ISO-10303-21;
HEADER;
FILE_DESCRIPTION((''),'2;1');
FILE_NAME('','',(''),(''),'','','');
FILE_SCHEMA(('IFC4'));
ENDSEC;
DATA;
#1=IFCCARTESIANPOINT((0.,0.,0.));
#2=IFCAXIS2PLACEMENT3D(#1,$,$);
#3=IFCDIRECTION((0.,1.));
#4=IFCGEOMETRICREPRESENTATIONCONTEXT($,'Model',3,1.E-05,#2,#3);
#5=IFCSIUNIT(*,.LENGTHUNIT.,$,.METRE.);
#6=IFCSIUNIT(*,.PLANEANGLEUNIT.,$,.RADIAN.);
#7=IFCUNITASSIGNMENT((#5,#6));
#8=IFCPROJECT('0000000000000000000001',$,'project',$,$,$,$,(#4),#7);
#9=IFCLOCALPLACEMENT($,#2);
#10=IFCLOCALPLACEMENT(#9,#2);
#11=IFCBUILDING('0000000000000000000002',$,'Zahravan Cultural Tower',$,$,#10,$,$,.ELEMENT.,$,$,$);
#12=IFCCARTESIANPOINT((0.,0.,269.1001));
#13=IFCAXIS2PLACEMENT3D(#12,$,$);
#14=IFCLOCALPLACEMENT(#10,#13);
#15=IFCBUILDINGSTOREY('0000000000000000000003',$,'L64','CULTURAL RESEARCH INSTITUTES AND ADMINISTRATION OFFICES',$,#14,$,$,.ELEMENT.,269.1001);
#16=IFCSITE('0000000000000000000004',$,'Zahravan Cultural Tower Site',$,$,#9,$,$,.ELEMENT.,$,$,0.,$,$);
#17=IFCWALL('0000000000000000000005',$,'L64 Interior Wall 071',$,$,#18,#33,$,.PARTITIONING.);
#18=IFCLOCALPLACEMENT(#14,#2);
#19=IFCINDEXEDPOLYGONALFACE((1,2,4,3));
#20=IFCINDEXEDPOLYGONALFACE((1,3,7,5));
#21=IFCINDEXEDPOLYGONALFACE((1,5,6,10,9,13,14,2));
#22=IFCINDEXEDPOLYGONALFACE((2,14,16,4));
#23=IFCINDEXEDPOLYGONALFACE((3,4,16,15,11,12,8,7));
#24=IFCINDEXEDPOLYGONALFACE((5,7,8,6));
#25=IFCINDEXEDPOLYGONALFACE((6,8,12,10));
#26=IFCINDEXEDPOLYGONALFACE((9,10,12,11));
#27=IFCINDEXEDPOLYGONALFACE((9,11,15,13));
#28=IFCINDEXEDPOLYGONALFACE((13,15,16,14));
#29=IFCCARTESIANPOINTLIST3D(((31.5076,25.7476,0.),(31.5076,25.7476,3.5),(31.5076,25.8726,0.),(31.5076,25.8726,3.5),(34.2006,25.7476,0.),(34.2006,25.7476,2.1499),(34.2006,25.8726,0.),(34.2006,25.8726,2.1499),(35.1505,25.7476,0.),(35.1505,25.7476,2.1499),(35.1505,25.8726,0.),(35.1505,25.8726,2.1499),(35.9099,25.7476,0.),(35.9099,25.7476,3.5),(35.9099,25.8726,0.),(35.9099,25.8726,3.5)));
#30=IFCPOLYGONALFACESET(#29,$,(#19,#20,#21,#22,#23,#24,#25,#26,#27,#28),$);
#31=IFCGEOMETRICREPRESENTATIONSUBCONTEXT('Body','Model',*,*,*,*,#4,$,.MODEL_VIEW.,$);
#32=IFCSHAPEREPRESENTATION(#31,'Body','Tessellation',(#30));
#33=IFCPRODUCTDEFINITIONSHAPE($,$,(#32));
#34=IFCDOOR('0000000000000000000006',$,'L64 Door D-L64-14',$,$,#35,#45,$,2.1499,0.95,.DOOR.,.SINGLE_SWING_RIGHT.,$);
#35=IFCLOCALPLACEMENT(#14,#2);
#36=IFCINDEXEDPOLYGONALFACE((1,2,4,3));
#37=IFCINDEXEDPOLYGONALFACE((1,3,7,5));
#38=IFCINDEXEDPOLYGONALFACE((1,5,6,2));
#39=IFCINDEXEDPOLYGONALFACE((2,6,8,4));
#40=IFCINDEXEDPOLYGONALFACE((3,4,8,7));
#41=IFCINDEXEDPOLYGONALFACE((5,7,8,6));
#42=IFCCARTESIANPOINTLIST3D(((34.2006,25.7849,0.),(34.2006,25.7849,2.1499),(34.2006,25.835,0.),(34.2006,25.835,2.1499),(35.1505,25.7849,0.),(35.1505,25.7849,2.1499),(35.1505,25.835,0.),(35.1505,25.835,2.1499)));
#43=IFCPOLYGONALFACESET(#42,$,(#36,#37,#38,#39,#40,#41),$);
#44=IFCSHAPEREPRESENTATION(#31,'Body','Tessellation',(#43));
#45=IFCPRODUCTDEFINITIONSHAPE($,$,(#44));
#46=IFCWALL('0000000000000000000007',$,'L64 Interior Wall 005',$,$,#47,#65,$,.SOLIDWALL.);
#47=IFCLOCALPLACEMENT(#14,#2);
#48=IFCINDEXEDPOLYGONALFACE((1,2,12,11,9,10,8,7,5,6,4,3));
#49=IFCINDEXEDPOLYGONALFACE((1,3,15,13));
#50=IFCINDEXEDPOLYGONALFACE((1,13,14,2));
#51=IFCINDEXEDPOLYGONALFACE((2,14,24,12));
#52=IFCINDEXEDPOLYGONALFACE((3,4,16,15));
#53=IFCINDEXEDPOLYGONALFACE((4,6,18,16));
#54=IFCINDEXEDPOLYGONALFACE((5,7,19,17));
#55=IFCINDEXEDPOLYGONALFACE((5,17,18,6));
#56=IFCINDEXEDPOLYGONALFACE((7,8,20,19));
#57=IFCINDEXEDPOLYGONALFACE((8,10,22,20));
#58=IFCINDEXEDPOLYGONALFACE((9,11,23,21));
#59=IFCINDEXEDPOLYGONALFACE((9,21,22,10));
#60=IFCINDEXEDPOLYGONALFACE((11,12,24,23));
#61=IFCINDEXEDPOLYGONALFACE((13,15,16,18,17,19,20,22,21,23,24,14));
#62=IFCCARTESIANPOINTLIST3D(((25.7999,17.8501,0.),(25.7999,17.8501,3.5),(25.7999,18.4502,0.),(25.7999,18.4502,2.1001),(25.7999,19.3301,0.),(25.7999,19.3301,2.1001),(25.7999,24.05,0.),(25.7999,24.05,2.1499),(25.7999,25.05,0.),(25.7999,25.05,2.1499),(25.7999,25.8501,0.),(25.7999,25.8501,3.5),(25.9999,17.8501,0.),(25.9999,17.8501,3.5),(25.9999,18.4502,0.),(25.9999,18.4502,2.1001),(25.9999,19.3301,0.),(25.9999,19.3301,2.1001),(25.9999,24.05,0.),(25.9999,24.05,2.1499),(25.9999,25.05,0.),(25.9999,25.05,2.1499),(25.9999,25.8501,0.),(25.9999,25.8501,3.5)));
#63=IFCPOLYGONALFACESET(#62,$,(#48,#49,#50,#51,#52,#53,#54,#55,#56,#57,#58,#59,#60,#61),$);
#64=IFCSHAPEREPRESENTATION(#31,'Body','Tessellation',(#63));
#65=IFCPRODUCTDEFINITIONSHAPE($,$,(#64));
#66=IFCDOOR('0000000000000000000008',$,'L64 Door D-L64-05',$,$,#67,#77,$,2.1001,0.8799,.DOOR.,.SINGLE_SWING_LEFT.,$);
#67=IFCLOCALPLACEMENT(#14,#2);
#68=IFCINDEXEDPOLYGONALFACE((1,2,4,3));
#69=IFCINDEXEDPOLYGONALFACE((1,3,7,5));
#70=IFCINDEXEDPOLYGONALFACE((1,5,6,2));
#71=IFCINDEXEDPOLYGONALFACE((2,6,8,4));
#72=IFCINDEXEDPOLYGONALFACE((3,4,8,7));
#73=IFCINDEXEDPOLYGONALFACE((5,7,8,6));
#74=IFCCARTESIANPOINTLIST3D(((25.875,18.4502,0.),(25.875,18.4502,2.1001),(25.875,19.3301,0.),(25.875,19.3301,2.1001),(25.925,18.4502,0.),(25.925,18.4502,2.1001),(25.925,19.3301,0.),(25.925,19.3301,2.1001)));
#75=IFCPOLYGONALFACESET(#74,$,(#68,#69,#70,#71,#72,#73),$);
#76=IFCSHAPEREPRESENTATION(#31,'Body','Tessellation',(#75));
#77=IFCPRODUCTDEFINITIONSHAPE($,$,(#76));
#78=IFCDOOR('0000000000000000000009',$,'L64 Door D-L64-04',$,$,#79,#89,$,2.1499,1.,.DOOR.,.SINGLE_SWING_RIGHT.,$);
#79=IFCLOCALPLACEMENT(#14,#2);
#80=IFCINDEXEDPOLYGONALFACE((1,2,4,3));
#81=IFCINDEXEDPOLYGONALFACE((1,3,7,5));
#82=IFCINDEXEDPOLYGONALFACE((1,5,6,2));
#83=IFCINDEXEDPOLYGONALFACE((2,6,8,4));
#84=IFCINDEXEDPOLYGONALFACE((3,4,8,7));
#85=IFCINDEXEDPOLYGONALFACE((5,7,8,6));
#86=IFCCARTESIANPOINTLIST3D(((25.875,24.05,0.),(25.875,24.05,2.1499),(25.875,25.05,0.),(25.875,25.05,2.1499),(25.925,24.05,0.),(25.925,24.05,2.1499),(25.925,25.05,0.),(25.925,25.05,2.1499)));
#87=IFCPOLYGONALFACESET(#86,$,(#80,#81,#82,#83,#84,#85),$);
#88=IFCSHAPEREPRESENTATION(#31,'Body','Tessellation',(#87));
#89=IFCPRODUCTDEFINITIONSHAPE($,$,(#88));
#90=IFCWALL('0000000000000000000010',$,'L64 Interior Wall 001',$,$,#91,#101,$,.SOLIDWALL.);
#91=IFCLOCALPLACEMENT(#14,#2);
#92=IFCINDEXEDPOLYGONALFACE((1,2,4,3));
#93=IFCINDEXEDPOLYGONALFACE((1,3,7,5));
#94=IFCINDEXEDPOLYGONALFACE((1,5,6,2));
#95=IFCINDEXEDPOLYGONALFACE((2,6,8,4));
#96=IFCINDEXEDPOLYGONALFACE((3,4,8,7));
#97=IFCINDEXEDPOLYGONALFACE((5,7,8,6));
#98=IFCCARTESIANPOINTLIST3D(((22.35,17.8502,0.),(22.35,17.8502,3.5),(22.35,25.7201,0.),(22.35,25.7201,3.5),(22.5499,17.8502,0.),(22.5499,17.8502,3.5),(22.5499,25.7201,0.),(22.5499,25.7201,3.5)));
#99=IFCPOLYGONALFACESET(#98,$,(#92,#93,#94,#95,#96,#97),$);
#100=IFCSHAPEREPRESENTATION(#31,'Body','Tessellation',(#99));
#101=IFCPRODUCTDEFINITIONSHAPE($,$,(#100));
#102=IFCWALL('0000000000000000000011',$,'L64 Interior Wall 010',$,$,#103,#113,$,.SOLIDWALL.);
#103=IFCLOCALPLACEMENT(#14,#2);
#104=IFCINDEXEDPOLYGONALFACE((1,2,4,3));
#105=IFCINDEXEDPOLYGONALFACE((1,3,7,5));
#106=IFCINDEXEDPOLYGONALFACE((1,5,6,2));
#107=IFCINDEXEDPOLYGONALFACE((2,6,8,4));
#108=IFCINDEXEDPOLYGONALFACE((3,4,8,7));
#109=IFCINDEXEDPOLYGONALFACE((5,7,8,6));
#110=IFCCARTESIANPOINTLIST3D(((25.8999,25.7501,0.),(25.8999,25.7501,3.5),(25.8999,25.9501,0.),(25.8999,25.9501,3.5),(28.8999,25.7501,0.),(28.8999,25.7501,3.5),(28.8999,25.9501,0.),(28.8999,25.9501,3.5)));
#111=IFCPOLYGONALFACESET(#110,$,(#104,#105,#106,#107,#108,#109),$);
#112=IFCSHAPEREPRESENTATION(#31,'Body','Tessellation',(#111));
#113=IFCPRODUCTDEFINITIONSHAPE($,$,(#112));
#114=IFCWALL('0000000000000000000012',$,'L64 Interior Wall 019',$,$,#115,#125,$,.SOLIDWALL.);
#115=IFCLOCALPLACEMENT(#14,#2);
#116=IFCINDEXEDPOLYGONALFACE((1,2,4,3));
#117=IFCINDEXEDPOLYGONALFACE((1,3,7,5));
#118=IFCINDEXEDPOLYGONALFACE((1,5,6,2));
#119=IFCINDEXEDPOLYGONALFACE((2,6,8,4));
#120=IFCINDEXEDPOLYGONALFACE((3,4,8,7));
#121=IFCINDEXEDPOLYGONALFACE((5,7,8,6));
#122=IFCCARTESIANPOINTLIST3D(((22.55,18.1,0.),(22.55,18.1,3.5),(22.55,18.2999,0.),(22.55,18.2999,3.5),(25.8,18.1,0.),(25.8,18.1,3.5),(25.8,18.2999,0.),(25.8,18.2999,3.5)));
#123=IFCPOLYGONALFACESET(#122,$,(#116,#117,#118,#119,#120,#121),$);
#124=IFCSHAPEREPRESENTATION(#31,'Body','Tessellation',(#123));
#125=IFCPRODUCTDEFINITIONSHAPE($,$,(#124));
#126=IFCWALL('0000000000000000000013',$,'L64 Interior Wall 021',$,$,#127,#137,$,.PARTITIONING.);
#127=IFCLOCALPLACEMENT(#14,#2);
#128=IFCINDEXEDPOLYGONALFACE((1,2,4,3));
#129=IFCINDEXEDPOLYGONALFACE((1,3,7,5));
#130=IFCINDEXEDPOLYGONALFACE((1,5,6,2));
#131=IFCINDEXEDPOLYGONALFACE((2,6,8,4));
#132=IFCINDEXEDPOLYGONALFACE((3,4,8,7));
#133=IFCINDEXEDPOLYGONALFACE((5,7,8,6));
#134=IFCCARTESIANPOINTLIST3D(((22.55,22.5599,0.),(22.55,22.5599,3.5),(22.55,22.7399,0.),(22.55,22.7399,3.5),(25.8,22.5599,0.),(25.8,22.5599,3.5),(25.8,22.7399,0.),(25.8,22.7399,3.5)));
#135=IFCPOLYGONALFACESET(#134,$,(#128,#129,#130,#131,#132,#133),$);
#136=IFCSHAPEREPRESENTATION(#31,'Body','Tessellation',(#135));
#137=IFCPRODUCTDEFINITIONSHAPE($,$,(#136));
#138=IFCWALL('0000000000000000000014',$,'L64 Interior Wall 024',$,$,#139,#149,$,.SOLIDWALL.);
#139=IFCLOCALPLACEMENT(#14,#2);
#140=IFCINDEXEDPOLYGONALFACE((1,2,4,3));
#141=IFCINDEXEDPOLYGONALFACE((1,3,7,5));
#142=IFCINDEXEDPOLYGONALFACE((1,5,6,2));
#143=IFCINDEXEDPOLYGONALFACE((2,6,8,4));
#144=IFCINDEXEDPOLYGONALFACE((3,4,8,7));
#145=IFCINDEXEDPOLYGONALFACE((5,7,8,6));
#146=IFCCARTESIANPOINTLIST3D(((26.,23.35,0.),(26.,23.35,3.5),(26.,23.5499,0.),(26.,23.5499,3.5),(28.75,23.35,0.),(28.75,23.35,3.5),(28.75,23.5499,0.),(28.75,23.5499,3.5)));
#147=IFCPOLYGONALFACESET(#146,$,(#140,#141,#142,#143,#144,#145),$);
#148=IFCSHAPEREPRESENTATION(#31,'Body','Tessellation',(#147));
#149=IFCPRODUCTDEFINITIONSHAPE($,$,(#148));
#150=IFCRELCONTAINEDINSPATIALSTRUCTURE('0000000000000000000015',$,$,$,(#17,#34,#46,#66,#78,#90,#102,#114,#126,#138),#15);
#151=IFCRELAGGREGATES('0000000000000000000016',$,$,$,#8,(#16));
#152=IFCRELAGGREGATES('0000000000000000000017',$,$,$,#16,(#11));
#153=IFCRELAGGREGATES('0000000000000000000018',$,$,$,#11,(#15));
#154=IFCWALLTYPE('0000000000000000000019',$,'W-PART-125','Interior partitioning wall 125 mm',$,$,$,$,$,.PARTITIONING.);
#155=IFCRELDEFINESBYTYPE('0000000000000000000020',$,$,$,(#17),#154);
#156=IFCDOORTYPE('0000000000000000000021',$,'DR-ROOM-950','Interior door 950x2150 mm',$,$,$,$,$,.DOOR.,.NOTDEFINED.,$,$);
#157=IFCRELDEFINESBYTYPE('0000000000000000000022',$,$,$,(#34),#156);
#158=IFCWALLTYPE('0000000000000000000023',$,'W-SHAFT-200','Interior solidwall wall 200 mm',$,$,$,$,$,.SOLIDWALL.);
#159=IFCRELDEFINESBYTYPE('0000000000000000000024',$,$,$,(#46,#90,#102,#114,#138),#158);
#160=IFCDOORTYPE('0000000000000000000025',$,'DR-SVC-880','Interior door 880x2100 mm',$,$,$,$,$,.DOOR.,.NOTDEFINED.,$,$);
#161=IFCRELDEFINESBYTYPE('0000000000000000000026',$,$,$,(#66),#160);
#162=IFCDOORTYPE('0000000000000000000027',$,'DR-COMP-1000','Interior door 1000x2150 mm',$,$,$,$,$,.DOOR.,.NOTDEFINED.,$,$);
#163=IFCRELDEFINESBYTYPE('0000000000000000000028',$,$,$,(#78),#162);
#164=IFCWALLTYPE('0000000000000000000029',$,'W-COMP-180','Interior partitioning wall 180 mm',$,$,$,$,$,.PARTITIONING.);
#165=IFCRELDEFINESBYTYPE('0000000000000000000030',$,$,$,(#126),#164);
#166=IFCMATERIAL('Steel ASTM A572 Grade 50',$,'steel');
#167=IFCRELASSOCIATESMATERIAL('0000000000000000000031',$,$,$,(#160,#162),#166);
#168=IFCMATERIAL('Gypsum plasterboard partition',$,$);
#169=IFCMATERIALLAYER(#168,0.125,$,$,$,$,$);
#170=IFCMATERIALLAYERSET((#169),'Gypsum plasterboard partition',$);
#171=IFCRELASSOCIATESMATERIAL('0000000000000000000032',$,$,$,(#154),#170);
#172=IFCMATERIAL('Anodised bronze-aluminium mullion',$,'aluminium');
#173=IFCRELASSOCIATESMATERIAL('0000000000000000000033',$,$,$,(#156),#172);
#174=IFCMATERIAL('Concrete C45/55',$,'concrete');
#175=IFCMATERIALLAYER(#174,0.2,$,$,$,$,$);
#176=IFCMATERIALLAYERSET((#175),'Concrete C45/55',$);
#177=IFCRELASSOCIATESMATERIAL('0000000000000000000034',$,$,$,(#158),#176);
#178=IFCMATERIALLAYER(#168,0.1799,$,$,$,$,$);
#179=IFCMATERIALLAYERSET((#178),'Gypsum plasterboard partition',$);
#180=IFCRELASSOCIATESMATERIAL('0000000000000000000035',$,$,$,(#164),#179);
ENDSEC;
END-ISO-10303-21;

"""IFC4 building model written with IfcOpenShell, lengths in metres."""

from ifc_helpers import new_model, si_unit, direction, frame, frame_2d, origin, place, context, subcontext, project, spatial, rectangle, extrude, source, transform, mapped, material, layer, layer_set, type_object, element, fill, save


model = new_model("IFC4")

# Units and contexts
model_context = context("Model", 3, precision=1e-05, world=origin(), true_north=direction((0.0, 1.0)))
body_context = subcontext(model_context, "Body", "Model", "MODEL_VIEW")
ifc_project = project(units=[si_unit("LENGTHUNIT", "METRE"), si_unit("PLANEANGLEUNIT", "RADIAN")], contexts=[model_context])

# Site, building, storey
site_placement = place(None, origin())
site = spatial("IfcSite", under=ifc_project, at=site_placement, Name="Zahravan Cultural Tower Site", CompositionType="ELEMENT", RefElevation=0.0)
building_placement = place(site_placement, origin())
building = spatial("IfcBuilding", under=site, at=building_placement, Name="Zahravan Cultural Tower", CompositionType="ELEMENT")
storey_placement = place(building_placement, frame((0.0, 0.0, 269.1001)))
storey = spatial("IfcBuildingStorey", under=building, at=storey_placement, Name="L64", Description="CULTURAL RESEARCH INSTITUTES AND ADMINISTRATION OFFICES", CompositionType="ELEMENT", Elevation=269.1001)

# Shared definitions
ifc_material_1 = material(Name="Steel ASTM A572 Grade 50", Category="steel")
door_type_1 = type_object("IfcDoorType", Name="DR-SVC-880", Description="Interior door 880x2100 mm", OperationType="NOTDEFINED", PredefinedType="DOOR", material=ifc_material_1)
shared_shape_1 = source(origin(), body_context, "Body", "SweptSolid", [
    extrude(rectangle(XDim=0.8799, YDim=2.1001, at=frame_2d((0.4399, 1.05))), frame((0.0, 0.0249, 0.0), z_axis=(0.0, -1.0, 0.0), x_axis=(1.0, 0.0, 0.0)), (0.0, 0.0, 1.0), 0.05),
])

# Wall, opening, door
ifc_material_2 = material(Name="Gypsum plasterboard partition")
ifc_layer_1 = layer(ifc_material_2, 0.125)
ifc_layer_set_1 = layer_set([ifc_layer_1], Name="Gypsum plasterboard partition")
wall_type_1 = type_object("IfcWallType", Name="W-PART-125", Description="Interior partitioning wall 125 mm", PredefinedType="PARTITIONING", material=ifc_layer_set_1)
ifc_material_3 = material(Name="Anodised bronze-aluminium mullion", Category="aluminium")
door_type_2 = type_object("IfcDoorType", Name="DR-ROOM-950", Description="Interior door 950x2150 mm", OperationType="NOTDEFINED", PredefinedType="DOOR", material=ifc_material_3)
shared_shape_2 = source(origin(), body_context, "Body", "SweptSolid", [
    extrude(rectangle(XDim=0.95, YDim=2.1499, at=frame_2d((0.4751, 1.075))), frame((0.0, 0.0249, 0.0), z_axis=(0.0, -1.0, 0.0), x_axis=(1.0, 0.0, 0.0)), (0.0, 0.0, 1.0), 0.05),
])
wall_1_placement = place(storey_placement, frame((31.5076, 25.8101, 0.0), z_axis=(0.0, 0.0, 1.0), x_axis=(1.0, 0.0, 0.0)))
wall_1 = element("IfcWall", 1, at=wall_1_placement, inside=storey, type_object=wall_type_1, Name="L64 Interior Wall 071", PredefinedType="PARTITIONING", context=body_context, shape_type="SweptSolid", body=[
    extrude(rectangle(XDim=4.4023, YDim=0.125, at=frame_2d((2.2012, 0.0))), origin(), (0.0, 0.0, 1.0), 3.5),
])
opening_1_placement = place(wall_1_placement, frame((2.6929, 0.0, 0.0)))
opening_1 = element("IfcOpeningElement", 2, at=opening_1_placement, cuts=wall_1, PredefinedType="OPENING", context=body_context, shape_type="SweptSolid", body=[
    extrude(rectangle(XDim=0.95, YDim=2.1499, at=frame_2d((0.4751, 1.075))), frame((0.0, 0.0725, 0.0), z_axis=(0.0, -1.0, 0.0), x_axis=(1.0, 0.0, 0.0)), (0.0, 0.0, 1.0), 0.145),
])
door_1_placement = place(opening_1_placement, origin())
door_1 = element("IfcDoor", 3, at=door_1_placement, inside=storey, type_object=door_type_2, Name="L64 Door D-L64-14", OperationType="SINGLE_SWING_RIGHT", OverallHeight=2.1499, OverallWidth=0.95, PredefinedType="DOOR", context=body_context, shape_type="MappedRepresentation", body=[
    mapped(shared_shape_2, transform((0.0, 0.0, 0.0), x_axis=(1.0, 0.0, 0.0), y_axis=(0.0, 1.0, 0.0), z_axis=(0.0, 0.0, 1.0), scale=1.0)),
])
fill(opening_1, door_1)

# Wall, openings, doors
ifc_material_4 = material(Name="Concrete C45/55", Category="concrete")
ifc_layer_2 = layer(ifc_material_4, 0.2)
ifc_layer_set_2 = layer_set([ifc_layer_2], Name="Concrete C45/55")
wall_type_2 = type_object("IfcWallType", Name="W-SHAFT-200", Description="Interior solidwall wall 200 mm", PredefinedType="SOLIDWALL", material=ifc_layer_set_2)
wall_2_placement = place(storey_placement, frame((25.8999, 17.8501, 0.0), z_axis=(0.0, 0.0, 1.0), x_axis=(0.0, 1.0, 0.0)))
wall_2 = element("IfcWall", 4, at=wall_2_placement, inside=storey, type_object=wall_type_2, Name="L64 Interior Wall 005", PredefinedType="SOLIDWALL", context=body_context, shape_type="SweptSolid", body=[
    extrude(rectangle(XDim=8.0, YDim=0.2, at=frame_2d((4.0, 0.0))), origin(), (0.0, 0.0, 1.0), 3.5),
])
opening_2_placement = place(wall_2_placement, frame((6.2, 0.0, 0.0)))
opening_2 = element("IfcOpeningElement", 5, at=opening_2_placement, cuts=wall_2, PredefinedType="OPENING", context=body_context, shape_type="SweptSolid", body=[
    extrude(rectangle(XDim=1.0, YDim=2.1499, at=frame_2d((0.5, 1.075))), frame((0.0, 0.1099, 0.0), z_axis=(0.0, -1.0, 0.0), x_axis=(1.0, 0.0, 0.0)), (0.0, 0.0, 1.0), 0.22),
])
opening_3_placement = place(wall_2_placement, frame((0.6001, 0.0, 0.0)))
opening_3 = element("IfcOpeningElement", 6, at=opening_3_placement, cuts=wall_2, PredefinedType="OPENING", context=body_context, shape_type="SweptSolid", body=[
    extrude(rectangle(XDim=0.8799, YDim=2.1001, at=frame_2d((0.4399, 1.05))), frame((0.0, 0.1099, 0.0), z_axis=(0.0, -1.0, 0.0), x_axis=(1.0, 0.0, 0.0)), (0.0, 0.0, 1.0), 0.22),
])
door_2_placement = place(opening_3_placement, origin())
door_2 = element("IfcDoor", 7, at=door_2_placement, inside=storey, type_object=door_type_1, Name="L64 Door D-L64-05", OperationType="SINGLE_SWING_LEFT", OverallHeight=2.1001, OverallWidth=0.8799, PredefinedType="DOOR", context=body_context, shape_type="MappedRepresentation", body=[
    mapped(shared_shape_1, transform((0.0, 0.0, 0.0), x_axis=(1.0, 0.0, 0.0), y_axis=(0.0, 1.0, 0.0), z_axis=(0.0, 0.0, 1.0), scale=1.0)),
])
fill(opening_3, door_2)
door_type_3 = type_object("IfcDoorType", Name="DR-COMP-1000", Description="Interior door 1000x2150 mm", OperationType="NOTDEFINED", PredefinedType="DOOR", material=ifc_material_1)
shared_shape_3 = source(origin(), body_context, "Body", "SweptSolid", [
    extrude(rectangle(XDim=1.0, YDim=2.1499, at=frame_2d((0.5, 1.075))), frame((0.0, 0.0249, 0.0), z_axis=(0.0, -1.0, 0.0), x_axis=(1.0, 0.0, 0.0)), (0.0, 0.0, 1.0), 0.05),
])
door_3_placement = place(opening_2_placement, origin())
door_3 = element("IfcDoor", 8, at=door_3_placement, inside=storey, type_object=door_type_3, Name="L64 Door D-L64-04", OperationType="SINGLE_SWING_RIGHT", OverallHeight=2.1499, OverallWidth=1.0, PredefinedType="DOOR", context=body_context, shape_type="MappedRepresentation", body=[
    mapped(shared_shape_3, transform((0.0, 0.0, 0.0), x_axis=(1.0, 0.0, 0.0), y_axis=(0.0, 1.0, 0.0), z_axis=(0.0, 0.0, 1.0), scale=1.0)),
])
fill(opening_2, door_3)

# Walls
shared_shape_4 = source(origin(), body_context, "Body", "SweptSolid", [
    extrude(rectangle(XDim=7.8699, YDim=0.2, at=frame_2d((3.9351, 0.0))), origin(), (0.0, 0.0, 1.0), 3.5),
])
wall_3_placement = place(storey_placement, frame((22.45, 17.8501, 0.0), z_axis=(0.0, 0.0, 1.0), x_axis=(0.0, 1.0, 0.0)))
element("IfcWall", 9, at=wall_3_placement, inside=storey, type_object=wall_type_2, Name="L64 Interior Wall 001", PredefinedType="SOLIDWALL", context=body_context, shape_type="MappedRepresentation", body=[
    mapped(shared_shape_4, transform((0.0, 0.0, 0.0), x_axis=(1.0, 0.0, 0.0), y_axis=(0.0, 1.0, 0.0), z_axis=(0.0, 0.0, 1.0), scale=1.0)),
])
shared_shape_5 = source(origin(), body_context, "Body", "SweptSolid", [
    extrude(rectangle(XDim=3.0, YDim=0.2, at=frame_2d((1.5, 0.0))), origin(), (0.0, 0.0, 1.0), 3.5),
])
wall_4_placement = place(storey_placement, frame((25.8999, 25.8501, 0.0), z_axis=(0.0, 0.0, 1.0), x_axis=(1.0, 0.0, 0.0)))
element("IfcWall", 10, at=wall_4_placement, inside=storey, type_object=wall_type_2, Name="L64 Interior Wall 010", PredefinedType="SOLIDWALL", context=body_context, shape_type="MappedRepresentation", body=[
    mapped(shared_shape_5, transform((0.0, 0.0, 0.0), x_axis=(1.0, 0.0, 0.0), y_axis=(0.0, 1.0, 0.0), z_axis=(0.0, 0.0, 1.0), scale=1.0)),
])
shared_shape_6 = source(origin(), body_context, "Body", "SweptSolid", [
    extrude(rectangle(XDim=3.25, YDim=0.2, at=frame_2d((1.625, 0.0))), origin(), (0.0, 0.0, 1.0), 3.5),
])
wall_5_placement = place(storey_placement, frame((22.55, 18.2, 0.0), z_axis=(0.0, 0.0, 1.0), x_axis=(1.0, 0.0, 0.0)))
element("IfcWall", 11, at=wall_5_placement, inside=storey, type_object=wall_type_2, Name="L64 Interior Wall 019", PredefinedType="SOLIDWALL", context=body_context, shape_type="MappedRepresentation", body=[
    mapped(shared_shape_6, transform((0.0, 0.0, 0.0), x_axis=(1.0, 0.0, 0.0), y_axis=(0.0, 1.0, 0.0), z_axis=(0.0, 0.0, 1.0), scale=1.0)),
])
ifc_layer_3 = layer(ifc_material_2, 0.1799)
ifc_layer_set_3 = layer_set([ifc_layer_3], Name="Gypsum plasterboard partition")
wall_type_3 = type_object("IfcWallType", Name="W-COMP-180", Description="Interior partitioning wall 180 mm", PredefinedType="PARTITIONING", material=ifc_layer_set_3)
shared_shape_7 = source(origin(), body_context, "Body", "SweptSolid", [
    extrude(rectangle(XDim=3.25, YDim=0.1799, at=frame_2d((1.625, 0.0))), origin(), (0.0, 0.0, 1.0), 3.5),
])
wall_6_placement = place(storey_placement, frame((22.55, 22.6499, 0.0), z_axis=(0.0, 0.0, 1.0), x_axis=(1.0, 0.0, 0.0)))
element("IfcWall", 12, at=wall_6_placement, inside=storey, type_object=wall_type_3, Name="L64 Interior Wall 021", PredefinedType="PARTITIONING", context=body_context, shape_type="MappedRepresentation", body=[
    mapped(shared_shape_7, transform((0.0, 0.0, 0.0), x_axis=(1.0, 0.0, 0.0), y_axis=(0.0, 1.0, 0.0), z_axis=(0.0, 0.0, 1.0), scale=1.0)),
])
shared_shape_8 = source(origin(), body_context, "Body", "SweptSolid", [
    extrude(rectangle(XDim=2.75, YDim=0.2, at=frame_2d((1.375, 0.0))), origin(), (0.0, 0.0, 1.0), 3.5),
])
wall_7_placement = place(storey_placement, frame((26.0, 23.45, 0.0), z_axis=(0.0, 0.0, 1.0), x_axis=(1.0, 0.0, 0.0)))
element("IfcWall", 13, at=wall_7_placement, inside=storey, type_object=wall_type_2, Name="L64 Interior Wall 024", PredefinedType="SOLIDWALL", context=body_context, shape_type="MappedRepresentation", body=[
    mapped(shared_shape_8, transform((0.0, 0.0, 0.0), x_axis=(1.0, 0.0, 0.0), y_axis=(0.0, 1.0, 0.0), z_axis=(0.0, 0.0, 1.0), scale=1.0)),
])

save(model, "model.ifc")
